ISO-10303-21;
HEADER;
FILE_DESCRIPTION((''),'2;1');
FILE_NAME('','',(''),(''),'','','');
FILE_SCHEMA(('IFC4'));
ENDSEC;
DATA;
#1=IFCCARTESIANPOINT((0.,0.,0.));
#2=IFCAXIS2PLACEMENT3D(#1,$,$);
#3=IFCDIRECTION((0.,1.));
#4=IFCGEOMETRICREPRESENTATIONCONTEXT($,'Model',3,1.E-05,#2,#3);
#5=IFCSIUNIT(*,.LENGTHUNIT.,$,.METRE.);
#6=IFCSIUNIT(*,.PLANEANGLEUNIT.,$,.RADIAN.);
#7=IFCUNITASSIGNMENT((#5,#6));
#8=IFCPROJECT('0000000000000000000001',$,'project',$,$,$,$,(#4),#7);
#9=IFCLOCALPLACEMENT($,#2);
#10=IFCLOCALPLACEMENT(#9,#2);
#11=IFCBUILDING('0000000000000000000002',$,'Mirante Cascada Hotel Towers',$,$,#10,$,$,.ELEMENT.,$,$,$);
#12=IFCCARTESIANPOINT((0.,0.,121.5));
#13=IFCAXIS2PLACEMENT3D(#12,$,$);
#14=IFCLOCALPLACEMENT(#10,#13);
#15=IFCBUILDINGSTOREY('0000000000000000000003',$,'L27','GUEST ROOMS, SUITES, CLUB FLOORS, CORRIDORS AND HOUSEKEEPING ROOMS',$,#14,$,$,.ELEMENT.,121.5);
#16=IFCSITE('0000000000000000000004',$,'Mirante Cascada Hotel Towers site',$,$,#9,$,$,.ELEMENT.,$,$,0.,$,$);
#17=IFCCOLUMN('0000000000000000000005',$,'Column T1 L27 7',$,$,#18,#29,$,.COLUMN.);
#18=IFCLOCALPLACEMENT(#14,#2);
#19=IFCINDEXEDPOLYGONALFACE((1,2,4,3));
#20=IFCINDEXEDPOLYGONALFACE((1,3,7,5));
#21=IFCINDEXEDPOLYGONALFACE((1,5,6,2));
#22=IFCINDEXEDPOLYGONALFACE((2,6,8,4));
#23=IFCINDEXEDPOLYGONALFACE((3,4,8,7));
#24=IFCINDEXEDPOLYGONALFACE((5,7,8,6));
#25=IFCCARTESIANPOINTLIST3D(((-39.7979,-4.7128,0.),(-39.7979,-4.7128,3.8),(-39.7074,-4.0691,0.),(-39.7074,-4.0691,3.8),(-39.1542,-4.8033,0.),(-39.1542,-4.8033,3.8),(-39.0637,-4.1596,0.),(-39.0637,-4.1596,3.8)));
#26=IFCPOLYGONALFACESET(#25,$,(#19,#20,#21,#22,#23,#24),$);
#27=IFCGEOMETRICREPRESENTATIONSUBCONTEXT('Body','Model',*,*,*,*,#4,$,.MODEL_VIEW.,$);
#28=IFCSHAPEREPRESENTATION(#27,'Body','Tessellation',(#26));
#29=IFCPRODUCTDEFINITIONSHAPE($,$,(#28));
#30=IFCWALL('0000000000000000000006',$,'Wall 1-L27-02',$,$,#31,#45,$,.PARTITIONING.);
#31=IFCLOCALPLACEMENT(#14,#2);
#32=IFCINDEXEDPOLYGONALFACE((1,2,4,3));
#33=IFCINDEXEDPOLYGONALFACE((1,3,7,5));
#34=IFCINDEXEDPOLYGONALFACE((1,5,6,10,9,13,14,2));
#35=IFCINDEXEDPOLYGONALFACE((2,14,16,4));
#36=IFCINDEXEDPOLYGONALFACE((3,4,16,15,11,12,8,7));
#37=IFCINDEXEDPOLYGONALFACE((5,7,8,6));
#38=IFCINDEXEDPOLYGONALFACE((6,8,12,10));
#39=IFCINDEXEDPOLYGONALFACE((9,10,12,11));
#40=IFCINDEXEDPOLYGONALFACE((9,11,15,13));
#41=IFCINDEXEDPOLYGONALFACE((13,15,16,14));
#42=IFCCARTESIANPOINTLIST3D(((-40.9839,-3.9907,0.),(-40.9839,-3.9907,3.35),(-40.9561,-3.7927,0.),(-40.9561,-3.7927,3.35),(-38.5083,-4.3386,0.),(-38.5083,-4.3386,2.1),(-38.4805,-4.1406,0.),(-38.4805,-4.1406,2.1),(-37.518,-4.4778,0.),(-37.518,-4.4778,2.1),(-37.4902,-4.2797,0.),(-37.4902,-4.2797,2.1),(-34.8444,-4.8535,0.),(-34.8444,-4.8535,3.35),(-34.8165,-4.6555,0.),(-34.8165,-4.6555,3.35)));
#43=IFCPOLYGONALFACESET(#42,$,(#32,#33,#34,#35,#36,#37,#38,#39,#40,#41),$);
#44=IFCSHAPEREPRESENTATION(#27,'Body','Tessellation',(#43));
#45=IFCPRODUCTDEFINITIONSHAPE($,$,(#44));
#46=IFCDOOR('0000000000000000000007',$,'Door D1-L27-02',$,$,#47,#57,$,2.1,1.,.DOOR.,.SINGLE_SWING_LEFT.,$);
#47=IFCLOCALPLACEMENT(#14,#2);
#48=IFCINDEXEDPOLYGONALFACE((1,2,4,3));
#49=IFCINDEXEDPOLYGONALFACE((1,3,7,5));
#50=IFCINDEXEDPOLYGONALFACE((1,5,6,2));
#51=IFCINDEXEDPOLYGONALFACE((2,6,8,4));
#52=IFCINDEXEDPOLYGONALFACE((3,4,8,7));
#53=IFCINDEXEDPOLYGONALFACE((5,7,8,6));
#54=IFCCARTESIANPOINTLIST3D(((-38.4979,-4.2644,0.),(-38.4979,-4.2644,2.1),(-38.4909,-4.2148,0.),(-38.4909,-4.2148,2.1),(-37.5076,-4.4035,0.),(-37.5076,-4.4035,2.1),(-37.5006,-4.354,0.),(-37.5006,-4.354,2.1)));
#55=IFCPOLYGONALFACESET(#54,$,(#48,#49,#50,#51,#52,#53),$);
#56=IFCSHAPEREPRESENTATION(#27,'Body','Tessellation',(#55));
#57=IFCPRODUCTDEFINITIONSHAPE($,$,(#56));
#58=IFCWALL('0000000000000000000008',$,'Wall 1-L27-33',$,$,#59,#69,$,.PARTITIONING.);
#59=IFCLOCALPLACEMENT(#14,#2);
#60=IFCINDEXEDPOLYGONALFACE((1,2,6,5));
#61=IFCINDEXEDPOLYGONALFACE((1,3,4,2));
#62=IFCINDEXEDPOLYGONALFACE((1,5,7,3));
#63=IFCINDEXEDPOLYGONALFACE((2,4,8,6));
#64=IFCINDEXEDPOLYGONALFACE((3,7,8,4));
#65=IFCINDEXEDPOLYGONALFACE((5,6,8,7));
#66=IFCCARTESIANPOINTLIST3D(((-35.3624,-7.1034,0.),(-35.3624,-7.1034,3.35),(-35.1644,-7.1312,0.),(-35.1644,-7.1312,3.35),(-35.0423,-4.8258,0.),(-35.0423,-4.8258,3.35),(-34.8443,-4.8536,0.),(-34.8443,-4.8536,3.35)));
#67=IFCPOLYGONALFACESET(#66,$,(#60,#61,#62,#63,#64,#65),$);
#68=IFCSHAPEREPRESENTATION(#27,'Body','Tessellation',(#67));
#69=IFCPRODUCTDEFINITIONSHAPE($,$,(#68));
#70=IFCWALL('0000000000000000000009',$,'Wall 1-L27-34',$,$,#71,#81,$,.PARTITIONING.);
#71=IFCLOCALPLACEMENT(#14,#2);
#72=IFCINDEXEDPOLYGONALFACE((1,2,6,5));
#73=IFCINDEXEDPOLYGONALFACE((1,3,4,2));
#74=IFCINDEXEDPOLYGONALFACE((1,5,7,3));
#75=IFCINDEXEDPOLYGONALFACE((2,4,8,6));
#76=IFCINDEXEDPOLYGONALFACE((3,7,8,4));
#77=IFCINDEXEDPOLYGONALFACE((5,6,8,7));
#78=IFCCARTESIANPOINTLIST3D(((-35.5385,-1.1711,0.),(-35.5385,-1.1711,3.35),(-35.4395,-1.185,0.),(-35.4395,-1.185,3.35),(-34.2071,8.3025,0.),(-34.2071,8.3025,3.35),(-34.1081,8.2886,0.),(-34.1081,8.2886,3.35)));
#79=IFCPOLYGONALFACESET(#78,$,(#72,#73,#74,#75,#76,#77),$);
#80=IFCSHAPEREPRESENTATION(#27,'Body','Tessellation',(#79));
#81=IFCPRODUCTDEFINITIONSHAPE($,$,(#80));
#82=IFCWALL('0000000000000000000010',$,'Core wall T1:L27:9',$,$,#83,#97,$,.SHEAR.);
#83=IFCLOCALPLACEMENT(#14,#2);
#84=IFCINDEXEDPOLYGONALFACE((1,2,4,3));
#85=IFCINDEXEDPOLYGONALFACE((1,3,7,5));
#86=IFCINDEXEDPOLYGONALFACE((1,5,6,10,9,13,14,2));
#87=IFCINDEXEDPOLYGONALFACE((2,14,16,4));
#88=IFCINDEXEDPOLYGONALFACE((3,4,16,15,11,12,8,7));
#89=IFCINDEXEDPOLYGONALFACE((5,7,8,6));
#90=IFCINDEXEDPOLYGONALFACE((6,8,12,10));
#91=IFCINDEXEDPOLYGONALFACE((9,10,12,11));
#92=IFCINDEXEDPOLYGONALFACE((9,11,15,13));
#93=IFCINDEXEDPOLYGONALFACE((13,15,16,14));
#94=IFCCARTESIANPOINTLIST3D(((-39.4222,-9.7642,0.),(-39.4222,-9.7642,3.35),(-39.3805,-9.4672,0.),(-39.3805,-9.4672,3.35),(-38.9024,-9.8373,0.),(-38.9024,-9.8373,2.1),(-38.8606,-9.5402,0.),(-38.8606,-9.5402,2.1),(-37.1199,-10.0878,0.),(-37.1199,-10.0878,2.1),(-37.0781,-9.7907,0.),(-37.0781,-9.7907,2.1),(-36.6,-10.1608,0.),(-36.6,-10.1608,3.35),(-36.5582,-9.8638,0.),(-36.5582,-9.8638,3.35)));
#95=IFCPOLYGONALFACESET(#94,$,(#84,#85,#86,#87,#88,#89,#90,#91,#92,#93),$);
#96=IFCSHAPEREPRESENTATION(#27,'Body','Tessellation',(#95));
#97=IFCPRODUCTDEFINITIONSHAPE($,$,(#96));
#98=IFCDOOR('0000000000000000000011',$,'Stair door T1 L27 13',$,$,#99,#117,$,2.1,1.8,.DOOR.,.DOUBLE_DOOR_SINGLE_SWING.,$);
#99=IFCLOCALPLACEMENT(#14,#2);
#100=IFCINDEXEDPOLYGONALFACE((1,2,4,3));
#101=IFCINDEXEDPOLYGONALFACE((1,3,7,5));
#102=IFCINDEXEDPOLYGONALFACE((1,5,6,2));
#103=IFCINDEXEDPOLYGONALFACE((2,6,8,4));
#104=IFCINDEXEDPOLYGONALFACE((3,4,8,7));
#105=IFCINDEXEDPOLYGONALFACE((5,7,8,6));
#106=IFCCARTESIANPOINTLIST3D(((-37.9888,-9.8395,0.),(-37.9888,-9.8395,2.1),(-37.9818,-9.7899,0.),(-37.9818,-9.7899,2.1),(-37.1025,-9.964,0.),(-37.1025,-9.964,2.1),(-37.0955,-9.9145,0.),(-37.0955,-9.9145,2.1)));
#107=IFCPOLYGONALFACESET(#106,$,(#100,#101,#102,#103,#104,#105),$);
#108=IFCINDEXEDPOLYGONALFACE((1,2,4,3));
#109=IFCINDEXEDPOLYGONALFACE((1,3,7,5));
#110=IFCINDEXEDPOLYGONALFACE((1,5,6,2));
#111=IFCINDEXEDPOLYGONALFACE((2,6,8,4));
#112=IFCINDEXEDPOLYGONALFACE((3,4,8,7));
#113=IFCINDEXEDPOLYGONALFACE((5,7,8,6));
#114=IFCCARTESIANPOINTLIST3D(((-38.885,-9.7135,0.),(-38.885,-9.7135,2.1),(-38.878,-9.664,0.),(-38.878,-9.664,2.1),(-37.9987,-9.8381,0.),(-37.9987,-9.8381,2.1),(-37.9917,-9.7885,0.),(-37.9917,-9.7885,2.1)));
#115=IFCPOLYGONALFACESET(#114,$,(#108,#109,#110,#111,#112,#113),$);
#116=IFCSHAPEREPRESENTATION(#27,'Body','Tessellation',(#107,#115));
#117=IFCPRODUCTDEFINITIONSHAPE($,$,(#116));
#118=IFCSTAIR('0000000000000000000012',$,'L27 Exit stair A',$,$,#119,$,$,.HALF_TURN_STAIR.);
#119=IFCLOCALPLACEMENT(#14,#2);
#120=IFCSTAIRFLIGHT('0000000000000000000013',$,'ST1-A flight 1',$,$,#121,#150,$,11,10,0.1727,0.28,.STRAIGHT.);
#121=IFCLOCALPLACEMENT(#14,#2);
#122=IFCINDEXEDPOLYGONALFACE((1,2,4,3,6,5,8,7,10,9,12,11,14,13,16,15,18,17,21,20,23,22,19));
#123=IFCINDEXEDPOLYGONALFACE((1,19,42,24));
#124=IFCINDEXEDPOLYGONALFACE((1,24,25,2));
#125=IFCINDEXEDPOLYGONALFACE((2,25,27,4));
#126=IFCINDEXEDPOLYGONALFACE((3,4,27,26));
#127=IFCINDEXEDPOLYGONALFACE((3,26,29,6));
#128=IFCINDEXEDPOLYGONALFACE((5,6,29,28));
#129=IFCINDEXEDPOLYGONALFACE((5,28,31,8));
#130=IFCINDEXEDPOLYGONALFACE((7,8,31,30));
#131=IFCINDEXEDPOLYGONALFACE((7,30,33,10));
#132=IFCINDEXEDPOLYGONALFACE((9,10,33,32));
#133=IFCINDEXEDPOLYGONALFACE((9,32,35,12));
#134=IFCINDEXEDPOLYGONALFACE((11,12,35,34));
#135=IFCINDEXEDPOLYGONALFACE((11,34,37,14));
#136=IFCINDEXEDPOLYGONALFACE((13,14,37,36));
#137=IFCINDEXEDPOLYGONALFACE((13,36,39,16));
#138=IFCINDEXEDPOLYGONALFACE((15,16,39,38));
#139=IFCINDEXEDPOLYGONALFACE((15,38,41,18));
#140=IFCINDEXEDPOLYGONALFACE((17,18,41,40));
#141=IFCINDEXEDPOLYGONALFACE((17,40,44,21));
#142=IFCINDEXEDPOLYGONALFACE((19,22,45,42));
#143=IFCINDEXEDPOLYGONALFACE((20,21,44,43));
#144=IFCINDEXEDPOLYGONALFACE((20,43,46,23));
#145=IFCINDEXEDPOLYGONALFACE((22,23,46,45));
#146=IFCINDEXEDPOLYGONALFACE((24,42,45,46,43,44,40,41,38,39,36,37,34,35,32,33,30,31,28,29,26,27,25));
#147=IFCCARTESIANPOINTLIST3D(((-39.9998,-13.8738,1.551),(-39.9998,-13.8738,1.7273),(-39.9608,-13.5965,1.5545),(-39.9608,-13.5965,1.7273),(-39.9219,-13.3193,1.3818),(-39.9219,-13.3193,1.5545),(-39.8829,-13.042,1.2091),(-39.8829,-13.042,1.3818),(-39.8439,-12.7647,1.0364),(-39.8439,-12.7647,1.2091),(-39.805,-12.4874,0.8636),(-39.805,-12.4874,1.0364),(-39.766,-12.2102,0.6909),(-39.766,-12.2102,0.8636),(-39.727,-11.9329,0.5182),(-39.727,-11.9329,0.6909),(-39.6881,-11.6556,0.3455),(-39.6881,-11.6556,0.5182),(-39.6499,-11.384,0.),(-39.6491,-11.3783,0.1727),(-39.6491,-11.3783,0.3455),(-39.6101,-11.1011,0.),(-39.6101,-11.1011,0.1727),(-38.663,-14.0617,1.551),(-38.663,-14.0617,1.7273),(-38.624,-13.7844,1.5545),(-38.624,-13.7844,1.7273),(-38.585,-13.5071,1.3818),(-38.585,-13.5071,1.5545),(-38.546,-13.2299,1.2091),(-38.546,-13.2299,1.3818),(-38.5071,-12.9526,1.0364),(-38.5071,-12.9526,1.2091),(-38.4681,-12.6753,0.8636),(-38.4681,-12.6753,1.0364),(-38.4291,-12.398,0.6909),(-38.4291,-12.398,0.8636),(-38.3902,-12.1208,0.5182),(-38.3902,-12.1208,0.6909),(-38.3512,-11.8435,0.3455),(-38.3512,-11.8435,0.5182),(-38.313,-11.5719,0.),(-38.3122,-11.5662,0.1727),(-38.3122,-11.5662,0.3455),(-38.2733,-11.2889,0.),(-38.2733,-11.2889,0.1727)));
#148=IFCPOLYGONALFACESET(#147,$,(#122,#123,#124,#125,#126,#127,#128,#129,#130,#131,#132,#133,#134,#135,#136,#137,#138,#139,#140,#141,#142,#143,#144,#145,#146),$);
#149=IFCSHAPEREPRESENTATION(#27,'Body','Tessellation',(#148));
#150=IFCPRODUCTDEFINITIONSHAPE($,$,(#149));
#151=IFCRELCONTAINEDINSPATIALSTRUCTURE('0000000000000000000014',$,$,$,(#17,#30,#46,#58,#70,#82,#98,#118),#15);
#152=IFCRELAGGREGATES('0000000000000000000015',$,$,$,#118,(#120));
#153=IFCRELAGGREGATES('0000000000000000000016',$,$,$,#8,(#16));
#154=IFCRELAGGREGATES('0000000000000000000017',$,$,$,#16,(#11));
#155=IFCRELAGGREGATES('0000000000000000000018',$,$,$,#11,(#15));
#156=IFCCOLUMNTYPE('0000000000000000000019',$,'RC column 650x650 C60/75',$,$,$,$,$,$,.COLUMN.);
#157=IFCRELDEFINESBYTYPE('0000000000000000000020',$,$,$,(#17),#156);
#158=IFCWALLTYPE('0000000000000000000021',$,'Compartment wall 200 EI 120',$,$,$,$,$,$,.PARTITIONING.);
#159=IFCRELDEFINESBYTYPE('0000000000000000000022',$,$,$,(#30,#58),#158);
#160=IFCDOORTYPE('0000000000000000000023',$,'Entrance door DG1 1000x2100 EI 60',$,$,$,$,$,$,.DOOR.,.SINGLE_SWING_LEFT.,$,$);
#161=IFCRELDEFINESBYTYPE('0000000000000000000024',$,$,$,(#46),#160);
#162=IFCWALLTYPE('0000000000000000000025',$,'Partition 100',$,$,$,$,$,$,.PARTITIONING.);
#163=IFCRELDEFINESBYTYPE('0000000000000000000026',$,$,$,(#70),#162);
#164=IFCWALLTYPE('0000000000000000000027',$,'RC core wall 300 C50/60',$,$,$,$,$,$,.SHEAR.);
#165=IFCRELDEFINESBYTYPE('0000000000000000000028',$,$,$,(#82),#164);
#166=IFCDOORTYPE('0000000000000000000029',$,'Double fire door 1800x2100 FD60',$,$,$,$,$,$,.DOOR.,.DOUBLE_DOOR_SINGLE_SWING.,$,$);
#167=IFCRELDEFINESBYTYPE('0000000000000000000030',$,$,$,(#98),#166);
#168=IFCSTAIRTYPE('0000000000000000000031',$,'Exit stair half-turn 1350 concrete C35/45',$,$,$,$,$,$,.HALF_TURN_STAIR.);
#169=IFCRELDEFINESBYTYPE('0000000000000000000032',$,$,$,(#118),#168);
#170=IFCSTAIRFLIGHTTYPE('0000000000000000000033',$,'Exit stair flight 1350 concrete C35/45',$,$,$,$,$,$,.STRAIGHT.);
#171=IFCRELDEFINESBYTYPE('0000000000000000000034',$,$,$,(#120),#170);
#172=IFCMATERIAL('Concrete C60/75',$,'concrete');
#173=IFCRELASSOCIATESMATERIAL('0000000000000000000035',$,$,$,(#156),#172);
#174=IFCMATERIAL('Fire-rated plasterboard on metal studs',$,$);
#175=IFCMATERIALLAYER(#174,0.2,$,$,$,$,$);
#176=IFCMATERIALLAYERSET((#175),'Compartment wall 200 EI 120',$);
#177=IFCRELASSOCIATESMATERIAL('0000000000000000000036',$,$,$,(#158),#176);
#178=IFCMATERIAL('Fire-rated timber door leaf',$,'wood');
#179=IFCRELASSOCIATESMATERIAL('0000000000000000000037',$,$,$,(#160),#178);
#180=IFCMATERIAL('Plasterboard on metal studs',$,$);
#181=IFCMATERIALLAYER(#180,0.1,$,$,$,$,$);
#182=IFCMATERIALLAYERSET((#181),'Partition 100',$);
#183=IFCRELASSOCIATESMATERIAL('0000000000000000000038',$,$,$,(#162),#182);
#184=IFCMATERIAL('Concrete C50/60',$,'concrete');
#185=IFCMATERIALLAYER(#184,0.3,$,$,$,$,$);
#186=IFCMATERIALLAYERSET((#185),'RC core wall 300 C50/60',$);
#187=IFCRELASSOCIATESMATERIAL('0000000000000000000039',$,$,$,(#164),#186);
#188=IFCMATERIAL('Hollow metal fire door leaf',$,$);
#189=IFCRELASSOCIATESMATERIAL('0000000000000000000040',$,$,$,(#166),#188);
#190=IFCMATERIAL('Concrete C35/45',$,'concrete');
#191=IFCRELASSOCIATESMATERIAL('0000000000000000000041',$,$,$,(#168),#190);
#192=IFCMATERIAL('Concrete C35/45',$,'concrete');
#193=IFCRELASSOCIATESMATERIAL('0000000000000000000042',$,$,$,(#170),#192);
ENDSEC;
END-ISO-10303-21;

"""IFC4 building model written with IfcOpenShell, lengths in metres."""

from ifc_helpers import new_model, si_unit, direction, frame, frame_2d, origin, origin_2d, place, context, subcontext, project, spatial, polyline, rectangle, outline, extrude, material, layer, layer_set, material_profile, profile_set, type_object, element, fill, aggregate, save


model = new_model("IFC4")

# Units and contexts
model_context = context("Model", 3, precision=1e-05, world=origin(), true_north=direction((0.0, 1.0)))
body_context = subcontext(model_context, "Body", "Model", "MODEL_VIEW")
ifc_project = project(units=[si_unit("LENGTHUNIT", "METRE"), si_unit("PLANEANGLEUNIT", "RADIAN")], contexts=[model_context])

# Site, building, storey
site_placement = place(None, origin())
site = spatial("IfcSite", under=ifc_project, at=site_placement, Name="Mirante Cascada Hotel Towers site", CompositionType="ELEMENT", RefElevation=0.0)
building_placement = place(site_placement, origin())
building = spatial("IfcBuilding", under=site, at=building_placement, Name="Mirante Cascada Hotel Towers", CompositionType="ELEMENT")
storey_placement = place(building_placement, frame((0.0, 0.0, 121.5)))
storey = spatial("IfcBuildingStorey", under=building, at=storey_placement, Name="L27", Description="GUEST ROOMS, SUITES, CLUB FLOORS, CORRIDORS AND HOUSEKEEPING ROOMS", CompositionType="ELEMENT", Elevation=121.5)

# Column
ifc_material_1 = material(Name="Concrete C60/75", Category="concrete")
ifc_material_profile = material_profile(ifc_material_1, rectangle(XDim=0.65, YDim=0.65, at=origin_2d()), Name="RC column 650x650 C60/75")
ifc_profile_set = profile_set([ifc_material_profile], Name="Concrete C60/75")
column_type = type_object("IfcColumnType", Name="RC column 650x650 C60/75", PredefinedType="COLUMN", material=ifc_profile_set)
column_placement = place(storey_placement, frame((-39.4308, -4.4362, 0.0), z_axis=(0.0, 0.0, 1.0), x_axis=(-0.990268, 0.139173, 0.0)))
element("IfcColumn", 1, at=column_placement, inside=storey, type_object=column_type, Name="Column T1 L27 7", PredefinedType="COLUMN", context=body_context, shape_type="SweptSolid", body=[
    extrude(rectangle(XDim=0.65, YDim=0.65, at=origin_2d()), origin(), (0.0, 0.0, 1.0), 3.8),
])

# Wall, opening, door
ifc_material_2 = material(Name="Fire-rated plasterboard on metal studs")
ifc_layer_1 = layer(ifc_material_2, 0.2)
ifc_layer_set_1 = layer_set([ifc_layer_1], Name="Compartment wall 200 EI 120")
wall_type_1 = type_object("IfcWallType", Name="Compartment wall 200 EI 120", PredefinedType="PARTITIONING", material=ifc_layer_set_1)
wall_1_placement = place(storey_placement, frame((-34.8304, -4.7545, 0.0), z_axis=(0.0, 0.0, 1.0), x_axis=(-0.99027, 0.139163, 0.0)))
wall_1 = element("IfcWall", 2, at=wall_1_placement, inside=storey, type_object=wall_type_1, Name="Wall 1-L27-02", PredefinedType="PARTITIONING", context=body_context, shape_type="SweptSolid", body=[
    extrude(rectangle(XDim=6.1999, YDim=0.2, at=frame_2d((3.1, 0.0))), origin(), (0.0, 0.0, 1.0), 3.35),
])
opening_1_placement = place(wall_1_placement, frame((2.7, 0.0, 0.0)))
opening_1 = element("IfcOpeningElement", 3, at=opening_1_placement, cuts=wall_1, PredefinedType="OPENING", context=body_context, shape_type="SweptSolid", body=[
    extrude(rectangle(XDim=1.0, YDim=2.1, at=frame_2d((0.5, 1.05))), frame((0.0, 0.1, 0.0), z_axis=(0.0, -1.0, 0.0), x_axis=(1.0, 0.0, 0.0)), (0.0, 0.0, 1.0), 0.2),
])
ifc_material_3 = material(Name="Fire-rated timber door leaf", Category="wood")
door_type_1 = type_object("IfcDoorType", Name="Entrance door DG1 1000x2100 EI 60", OperationType="SINGLE_SWING_LEFT", PredefinedType="DOOR", material=ifc_material_3)
door_1_placement = place(opening_1_placement, origin())
door_1 = element("IfcDoor", 4, at=door_1_placement, inside=storey, type_object=door_type_1, Name="Door D1-L27-02", OperationType="SINGLE_SWING_LEFT", OverallHeight=2.1, OverallWidth=1.0, PredefinedType="DOOR", context=body_context, shape_type="SweptSolid", body=[
    extrude(rectangle(XDim=1.0, YDim=2.1, at=frame_2d((0.5, 1.05))), frame((0.0, 0.025, 0.0), z_axis=(0.0, -1.0, 0.0), x_axis=(1.0, 0.0, 0.0)), (0.0, 0.0, 1.0), 0.05),
])
fill(opening_1, door_1)

# Walls
wall_2_placement = place(storey_placement, frame((-34.9433, -4.8397, 0.0), z_axis=(0.0, 0.0, 1.0), x_axis=(-0.139175, -0.990268, 0.0)))
element("IfcWall", 5, at=wall_2_placement, inside=storey, type_object=wall_type_1, Name="Wall 1-L27-33", PredefinedType="PARTITIONING", context=body_context, shape_type="SweptSolid", body=[
    extrude(rectangle(XDim=2.3, YDim=0.2, at=frame_2d((1.15, 0.0))), origin(), (0.0, 0.0, 1.0), 3.35),
])
ifc_material_4 = material(Name="Plasterboard on metal studs")
ifc_layer_2 = layer(ifc_material_4, 0.1)
ifc_layer_set_2 = layer_set([ifc_layer_2], Name="Partition 100")
wall_type_2 = type_object("IfcWallType", Name="Partition 100", PredefinedType="PARTITIONING", material=ifc_layer_set_2)
wall_3_placement = place(storey_placement, frame((-35.489, -1.1781, 0.0), z_axis=(0.0, 0.0, 1.0), x_axis=(0.13917, 0.990268, 0.0)))
element("IfcWall", 6, at=wall_3_placement, inside=storey, type_object=wall_type_2, Name="Wall 1-L27-34", PredefinedType="PARTITIONING", context=body_context, shape_type="SweptSolid", body=[
    extrude(rectangle(XDim=9.5667, YDim=0.1, at=frame_2d((4.7834, 0.0))), origin(), (0.0, 0.0, 1.0), 3.35),
])

# Wall, opening, door
ifc_material_5 = material(Name="Concrete C50/60", Category="concrete")
ifc_layer_3 = layer(ifc_material_5, 0.3)
ifc_layer_set_3 = layer_set([ifc_layer_3], Name="RC core wall 300 C50/60")
wall_type_3 = type_object("IfcWallType", Name="RC core wall 300 C50/60", PredefinedType="SHEAR", material=ifc_layer_set_3)
wall_4_placement = place(storey_placement, frame((-36.5791, -10.0123, 0.0), z_axis=(0.0, 0.0, 1.0), x_axis=(-0.99027, 0.139156, 0.0)))
wall_4 = element("IfcWall", 7, at=wall_4_placement, inside=storey, type_object=wall_type_3, Name="Core wall T1:L27:9", PredefinedType="SHEAR", context=body_context, shape_type="SweptSolid", body=[
    extrude(rectangle(XDim=2.85, YDim=0.3, at=frame_2d((1.425, 0.0))), origin(), (0.0, 0.0, 1.0), 3.35),
])
opening_2_placement = place(wall_4_placement, frame((0.525, 0.0, 0.0)))
opening_2 = element("IfcOpeningElement", 8, at=opening_2_placement, cuts=wall_4, PredefinedType="OPENING", context=body_context, shape_type="SweptSolid", body=[
    extrude(rectangle(XDim=1.8, YDim=2.1, at=frame_2d((0.9, 1.05))), frame((0.0, 0.15, 0.0), z_axis=(0.0, -1.0, 0.0), x_axis=(1.0, 0.0, 0.0)), (0.0, 0.0, 1.0), 0.3),
])
ifc_material_6 = material(Name="Hollow metal fire door leaf")
door_type_2 = type_object("IfcDoorType", Name="Double fire door 1800x2100 FD60", OperationType="DOUBLE_DOOR_SINGLE_SWING", PredefinedType="DOOR", material=ifc_material_6)
door_2_placement = place(opening_2_placement, origin())
door_2 = element("IfcDoor", 9, at=door_2_placement, inside=storey, type_object=door_type_2, Name="Stair door T1 L27 13", OperationType="DOUBLE_DOOR_SINGLE_SWING", OverallHeight=2.1, OverallWidth=1.8, PredefinedType="DOOR", context=body_context, shape_type="SweptSolid", body=[
    extrude(rectangle(XDim=0.895, YDim=2.1, at=frame_2d((0.4475, 1.05))), frame((0.0, 0.025, 0.0), z_axis=(0.0, -1.0, 0.0), x_axis=(1.0, 0.0, 0.0)), (0.0, 0.0, 1.0), 0.05),
    extrude(rectangle(XDim=0.895, YDim=2.1, at=frame_2d((1.3525, 1.05))), frame((0.0, 0.025, 0.0), z_axis=(0.0, -1.0, 0.0), x_axis=(1.0, 0.0, 0.0)), (0.0, 0.0, 1.0), 0.05),
])
fill(opening_2, door_2)

# Stair, stair flight
ifc_material_7 = material(Name="Concrete C35/45", Category="concrete")
stair_type = type_object("IfcStairType", Name="Exit stair half-turn 1350 concrete C35/45", PredefinedType="HALF_TURN_STAIR", material=ifc_material_7)
stair_placement = place(storey_placement, origin())
stair = element("IfcStair", 10, at=stair_placement, inside=storey, type_object=stair_type, Name="L27 Exit stair A", PredefinedType="HALF_TURN_STAIR")
ifc_material_8 = material(Name="Concrete C35/45", Category="concrete")
stair_flight_type = type_object("IfcStairFlightType", Name="Exit stair flight 1350 concrete C35/45", PredefinedType="STRAIGHT", material=ifc_material_8)
stair_flight_placement = place(storey_placement, frame((-38.9417, -11.195, 0.0), z_axis=(0.0, 0.0, 1.0), x_axis=(-0.139173, -0.990268, 0.0)))
stair_flight = element("IfcStairFlight", 11, at=stair_flight_placement, type_object=stair_flight_type, Name="ST1-A flight 1", NumberOfRisers=11, NumberOfTreads=10, PredefinedType="STRAIGHT", RiserHeight=0.1727, TreadLength=0.28, context=body_context, shape_type="SweptSolid", body=[
    extrude(outline(polyline([(0.0, 0.0), (0.0, 0.1727), (0.28, 0.1727), (0.28, 0.3455), (0.56, 0.3455), (0.56, 0.5182), (0.84, 0.5182), (0.84, 0.6909), (1.12, 0.6909), (1.12, 0.8636), (1.4, 0.8636), (1.4, 1.0364), (1.68, 1.0364), (1.68, 1.2091), (1.96, 1.2091), (1.96, 1.3818), (2.24, 1.3818), (2.24, 1.5545), (2.52, 1.5545), (2.52, 1.7273), (2.8, 1.7273), (2.8, 1.9), (2.8, 1.551), (0.2857, 0.0), (0.0, 0.0)])), frame((0.0, 0.675, 0.0), z_axis=(0.0, -1.0, 0.0), x_axis=(1.0, 0.0, 0.0)), (0.0, 0.0, 1.0), 1.35),
])
aggregate(stair, [stair_flight])

save(model, "model.ifc")
